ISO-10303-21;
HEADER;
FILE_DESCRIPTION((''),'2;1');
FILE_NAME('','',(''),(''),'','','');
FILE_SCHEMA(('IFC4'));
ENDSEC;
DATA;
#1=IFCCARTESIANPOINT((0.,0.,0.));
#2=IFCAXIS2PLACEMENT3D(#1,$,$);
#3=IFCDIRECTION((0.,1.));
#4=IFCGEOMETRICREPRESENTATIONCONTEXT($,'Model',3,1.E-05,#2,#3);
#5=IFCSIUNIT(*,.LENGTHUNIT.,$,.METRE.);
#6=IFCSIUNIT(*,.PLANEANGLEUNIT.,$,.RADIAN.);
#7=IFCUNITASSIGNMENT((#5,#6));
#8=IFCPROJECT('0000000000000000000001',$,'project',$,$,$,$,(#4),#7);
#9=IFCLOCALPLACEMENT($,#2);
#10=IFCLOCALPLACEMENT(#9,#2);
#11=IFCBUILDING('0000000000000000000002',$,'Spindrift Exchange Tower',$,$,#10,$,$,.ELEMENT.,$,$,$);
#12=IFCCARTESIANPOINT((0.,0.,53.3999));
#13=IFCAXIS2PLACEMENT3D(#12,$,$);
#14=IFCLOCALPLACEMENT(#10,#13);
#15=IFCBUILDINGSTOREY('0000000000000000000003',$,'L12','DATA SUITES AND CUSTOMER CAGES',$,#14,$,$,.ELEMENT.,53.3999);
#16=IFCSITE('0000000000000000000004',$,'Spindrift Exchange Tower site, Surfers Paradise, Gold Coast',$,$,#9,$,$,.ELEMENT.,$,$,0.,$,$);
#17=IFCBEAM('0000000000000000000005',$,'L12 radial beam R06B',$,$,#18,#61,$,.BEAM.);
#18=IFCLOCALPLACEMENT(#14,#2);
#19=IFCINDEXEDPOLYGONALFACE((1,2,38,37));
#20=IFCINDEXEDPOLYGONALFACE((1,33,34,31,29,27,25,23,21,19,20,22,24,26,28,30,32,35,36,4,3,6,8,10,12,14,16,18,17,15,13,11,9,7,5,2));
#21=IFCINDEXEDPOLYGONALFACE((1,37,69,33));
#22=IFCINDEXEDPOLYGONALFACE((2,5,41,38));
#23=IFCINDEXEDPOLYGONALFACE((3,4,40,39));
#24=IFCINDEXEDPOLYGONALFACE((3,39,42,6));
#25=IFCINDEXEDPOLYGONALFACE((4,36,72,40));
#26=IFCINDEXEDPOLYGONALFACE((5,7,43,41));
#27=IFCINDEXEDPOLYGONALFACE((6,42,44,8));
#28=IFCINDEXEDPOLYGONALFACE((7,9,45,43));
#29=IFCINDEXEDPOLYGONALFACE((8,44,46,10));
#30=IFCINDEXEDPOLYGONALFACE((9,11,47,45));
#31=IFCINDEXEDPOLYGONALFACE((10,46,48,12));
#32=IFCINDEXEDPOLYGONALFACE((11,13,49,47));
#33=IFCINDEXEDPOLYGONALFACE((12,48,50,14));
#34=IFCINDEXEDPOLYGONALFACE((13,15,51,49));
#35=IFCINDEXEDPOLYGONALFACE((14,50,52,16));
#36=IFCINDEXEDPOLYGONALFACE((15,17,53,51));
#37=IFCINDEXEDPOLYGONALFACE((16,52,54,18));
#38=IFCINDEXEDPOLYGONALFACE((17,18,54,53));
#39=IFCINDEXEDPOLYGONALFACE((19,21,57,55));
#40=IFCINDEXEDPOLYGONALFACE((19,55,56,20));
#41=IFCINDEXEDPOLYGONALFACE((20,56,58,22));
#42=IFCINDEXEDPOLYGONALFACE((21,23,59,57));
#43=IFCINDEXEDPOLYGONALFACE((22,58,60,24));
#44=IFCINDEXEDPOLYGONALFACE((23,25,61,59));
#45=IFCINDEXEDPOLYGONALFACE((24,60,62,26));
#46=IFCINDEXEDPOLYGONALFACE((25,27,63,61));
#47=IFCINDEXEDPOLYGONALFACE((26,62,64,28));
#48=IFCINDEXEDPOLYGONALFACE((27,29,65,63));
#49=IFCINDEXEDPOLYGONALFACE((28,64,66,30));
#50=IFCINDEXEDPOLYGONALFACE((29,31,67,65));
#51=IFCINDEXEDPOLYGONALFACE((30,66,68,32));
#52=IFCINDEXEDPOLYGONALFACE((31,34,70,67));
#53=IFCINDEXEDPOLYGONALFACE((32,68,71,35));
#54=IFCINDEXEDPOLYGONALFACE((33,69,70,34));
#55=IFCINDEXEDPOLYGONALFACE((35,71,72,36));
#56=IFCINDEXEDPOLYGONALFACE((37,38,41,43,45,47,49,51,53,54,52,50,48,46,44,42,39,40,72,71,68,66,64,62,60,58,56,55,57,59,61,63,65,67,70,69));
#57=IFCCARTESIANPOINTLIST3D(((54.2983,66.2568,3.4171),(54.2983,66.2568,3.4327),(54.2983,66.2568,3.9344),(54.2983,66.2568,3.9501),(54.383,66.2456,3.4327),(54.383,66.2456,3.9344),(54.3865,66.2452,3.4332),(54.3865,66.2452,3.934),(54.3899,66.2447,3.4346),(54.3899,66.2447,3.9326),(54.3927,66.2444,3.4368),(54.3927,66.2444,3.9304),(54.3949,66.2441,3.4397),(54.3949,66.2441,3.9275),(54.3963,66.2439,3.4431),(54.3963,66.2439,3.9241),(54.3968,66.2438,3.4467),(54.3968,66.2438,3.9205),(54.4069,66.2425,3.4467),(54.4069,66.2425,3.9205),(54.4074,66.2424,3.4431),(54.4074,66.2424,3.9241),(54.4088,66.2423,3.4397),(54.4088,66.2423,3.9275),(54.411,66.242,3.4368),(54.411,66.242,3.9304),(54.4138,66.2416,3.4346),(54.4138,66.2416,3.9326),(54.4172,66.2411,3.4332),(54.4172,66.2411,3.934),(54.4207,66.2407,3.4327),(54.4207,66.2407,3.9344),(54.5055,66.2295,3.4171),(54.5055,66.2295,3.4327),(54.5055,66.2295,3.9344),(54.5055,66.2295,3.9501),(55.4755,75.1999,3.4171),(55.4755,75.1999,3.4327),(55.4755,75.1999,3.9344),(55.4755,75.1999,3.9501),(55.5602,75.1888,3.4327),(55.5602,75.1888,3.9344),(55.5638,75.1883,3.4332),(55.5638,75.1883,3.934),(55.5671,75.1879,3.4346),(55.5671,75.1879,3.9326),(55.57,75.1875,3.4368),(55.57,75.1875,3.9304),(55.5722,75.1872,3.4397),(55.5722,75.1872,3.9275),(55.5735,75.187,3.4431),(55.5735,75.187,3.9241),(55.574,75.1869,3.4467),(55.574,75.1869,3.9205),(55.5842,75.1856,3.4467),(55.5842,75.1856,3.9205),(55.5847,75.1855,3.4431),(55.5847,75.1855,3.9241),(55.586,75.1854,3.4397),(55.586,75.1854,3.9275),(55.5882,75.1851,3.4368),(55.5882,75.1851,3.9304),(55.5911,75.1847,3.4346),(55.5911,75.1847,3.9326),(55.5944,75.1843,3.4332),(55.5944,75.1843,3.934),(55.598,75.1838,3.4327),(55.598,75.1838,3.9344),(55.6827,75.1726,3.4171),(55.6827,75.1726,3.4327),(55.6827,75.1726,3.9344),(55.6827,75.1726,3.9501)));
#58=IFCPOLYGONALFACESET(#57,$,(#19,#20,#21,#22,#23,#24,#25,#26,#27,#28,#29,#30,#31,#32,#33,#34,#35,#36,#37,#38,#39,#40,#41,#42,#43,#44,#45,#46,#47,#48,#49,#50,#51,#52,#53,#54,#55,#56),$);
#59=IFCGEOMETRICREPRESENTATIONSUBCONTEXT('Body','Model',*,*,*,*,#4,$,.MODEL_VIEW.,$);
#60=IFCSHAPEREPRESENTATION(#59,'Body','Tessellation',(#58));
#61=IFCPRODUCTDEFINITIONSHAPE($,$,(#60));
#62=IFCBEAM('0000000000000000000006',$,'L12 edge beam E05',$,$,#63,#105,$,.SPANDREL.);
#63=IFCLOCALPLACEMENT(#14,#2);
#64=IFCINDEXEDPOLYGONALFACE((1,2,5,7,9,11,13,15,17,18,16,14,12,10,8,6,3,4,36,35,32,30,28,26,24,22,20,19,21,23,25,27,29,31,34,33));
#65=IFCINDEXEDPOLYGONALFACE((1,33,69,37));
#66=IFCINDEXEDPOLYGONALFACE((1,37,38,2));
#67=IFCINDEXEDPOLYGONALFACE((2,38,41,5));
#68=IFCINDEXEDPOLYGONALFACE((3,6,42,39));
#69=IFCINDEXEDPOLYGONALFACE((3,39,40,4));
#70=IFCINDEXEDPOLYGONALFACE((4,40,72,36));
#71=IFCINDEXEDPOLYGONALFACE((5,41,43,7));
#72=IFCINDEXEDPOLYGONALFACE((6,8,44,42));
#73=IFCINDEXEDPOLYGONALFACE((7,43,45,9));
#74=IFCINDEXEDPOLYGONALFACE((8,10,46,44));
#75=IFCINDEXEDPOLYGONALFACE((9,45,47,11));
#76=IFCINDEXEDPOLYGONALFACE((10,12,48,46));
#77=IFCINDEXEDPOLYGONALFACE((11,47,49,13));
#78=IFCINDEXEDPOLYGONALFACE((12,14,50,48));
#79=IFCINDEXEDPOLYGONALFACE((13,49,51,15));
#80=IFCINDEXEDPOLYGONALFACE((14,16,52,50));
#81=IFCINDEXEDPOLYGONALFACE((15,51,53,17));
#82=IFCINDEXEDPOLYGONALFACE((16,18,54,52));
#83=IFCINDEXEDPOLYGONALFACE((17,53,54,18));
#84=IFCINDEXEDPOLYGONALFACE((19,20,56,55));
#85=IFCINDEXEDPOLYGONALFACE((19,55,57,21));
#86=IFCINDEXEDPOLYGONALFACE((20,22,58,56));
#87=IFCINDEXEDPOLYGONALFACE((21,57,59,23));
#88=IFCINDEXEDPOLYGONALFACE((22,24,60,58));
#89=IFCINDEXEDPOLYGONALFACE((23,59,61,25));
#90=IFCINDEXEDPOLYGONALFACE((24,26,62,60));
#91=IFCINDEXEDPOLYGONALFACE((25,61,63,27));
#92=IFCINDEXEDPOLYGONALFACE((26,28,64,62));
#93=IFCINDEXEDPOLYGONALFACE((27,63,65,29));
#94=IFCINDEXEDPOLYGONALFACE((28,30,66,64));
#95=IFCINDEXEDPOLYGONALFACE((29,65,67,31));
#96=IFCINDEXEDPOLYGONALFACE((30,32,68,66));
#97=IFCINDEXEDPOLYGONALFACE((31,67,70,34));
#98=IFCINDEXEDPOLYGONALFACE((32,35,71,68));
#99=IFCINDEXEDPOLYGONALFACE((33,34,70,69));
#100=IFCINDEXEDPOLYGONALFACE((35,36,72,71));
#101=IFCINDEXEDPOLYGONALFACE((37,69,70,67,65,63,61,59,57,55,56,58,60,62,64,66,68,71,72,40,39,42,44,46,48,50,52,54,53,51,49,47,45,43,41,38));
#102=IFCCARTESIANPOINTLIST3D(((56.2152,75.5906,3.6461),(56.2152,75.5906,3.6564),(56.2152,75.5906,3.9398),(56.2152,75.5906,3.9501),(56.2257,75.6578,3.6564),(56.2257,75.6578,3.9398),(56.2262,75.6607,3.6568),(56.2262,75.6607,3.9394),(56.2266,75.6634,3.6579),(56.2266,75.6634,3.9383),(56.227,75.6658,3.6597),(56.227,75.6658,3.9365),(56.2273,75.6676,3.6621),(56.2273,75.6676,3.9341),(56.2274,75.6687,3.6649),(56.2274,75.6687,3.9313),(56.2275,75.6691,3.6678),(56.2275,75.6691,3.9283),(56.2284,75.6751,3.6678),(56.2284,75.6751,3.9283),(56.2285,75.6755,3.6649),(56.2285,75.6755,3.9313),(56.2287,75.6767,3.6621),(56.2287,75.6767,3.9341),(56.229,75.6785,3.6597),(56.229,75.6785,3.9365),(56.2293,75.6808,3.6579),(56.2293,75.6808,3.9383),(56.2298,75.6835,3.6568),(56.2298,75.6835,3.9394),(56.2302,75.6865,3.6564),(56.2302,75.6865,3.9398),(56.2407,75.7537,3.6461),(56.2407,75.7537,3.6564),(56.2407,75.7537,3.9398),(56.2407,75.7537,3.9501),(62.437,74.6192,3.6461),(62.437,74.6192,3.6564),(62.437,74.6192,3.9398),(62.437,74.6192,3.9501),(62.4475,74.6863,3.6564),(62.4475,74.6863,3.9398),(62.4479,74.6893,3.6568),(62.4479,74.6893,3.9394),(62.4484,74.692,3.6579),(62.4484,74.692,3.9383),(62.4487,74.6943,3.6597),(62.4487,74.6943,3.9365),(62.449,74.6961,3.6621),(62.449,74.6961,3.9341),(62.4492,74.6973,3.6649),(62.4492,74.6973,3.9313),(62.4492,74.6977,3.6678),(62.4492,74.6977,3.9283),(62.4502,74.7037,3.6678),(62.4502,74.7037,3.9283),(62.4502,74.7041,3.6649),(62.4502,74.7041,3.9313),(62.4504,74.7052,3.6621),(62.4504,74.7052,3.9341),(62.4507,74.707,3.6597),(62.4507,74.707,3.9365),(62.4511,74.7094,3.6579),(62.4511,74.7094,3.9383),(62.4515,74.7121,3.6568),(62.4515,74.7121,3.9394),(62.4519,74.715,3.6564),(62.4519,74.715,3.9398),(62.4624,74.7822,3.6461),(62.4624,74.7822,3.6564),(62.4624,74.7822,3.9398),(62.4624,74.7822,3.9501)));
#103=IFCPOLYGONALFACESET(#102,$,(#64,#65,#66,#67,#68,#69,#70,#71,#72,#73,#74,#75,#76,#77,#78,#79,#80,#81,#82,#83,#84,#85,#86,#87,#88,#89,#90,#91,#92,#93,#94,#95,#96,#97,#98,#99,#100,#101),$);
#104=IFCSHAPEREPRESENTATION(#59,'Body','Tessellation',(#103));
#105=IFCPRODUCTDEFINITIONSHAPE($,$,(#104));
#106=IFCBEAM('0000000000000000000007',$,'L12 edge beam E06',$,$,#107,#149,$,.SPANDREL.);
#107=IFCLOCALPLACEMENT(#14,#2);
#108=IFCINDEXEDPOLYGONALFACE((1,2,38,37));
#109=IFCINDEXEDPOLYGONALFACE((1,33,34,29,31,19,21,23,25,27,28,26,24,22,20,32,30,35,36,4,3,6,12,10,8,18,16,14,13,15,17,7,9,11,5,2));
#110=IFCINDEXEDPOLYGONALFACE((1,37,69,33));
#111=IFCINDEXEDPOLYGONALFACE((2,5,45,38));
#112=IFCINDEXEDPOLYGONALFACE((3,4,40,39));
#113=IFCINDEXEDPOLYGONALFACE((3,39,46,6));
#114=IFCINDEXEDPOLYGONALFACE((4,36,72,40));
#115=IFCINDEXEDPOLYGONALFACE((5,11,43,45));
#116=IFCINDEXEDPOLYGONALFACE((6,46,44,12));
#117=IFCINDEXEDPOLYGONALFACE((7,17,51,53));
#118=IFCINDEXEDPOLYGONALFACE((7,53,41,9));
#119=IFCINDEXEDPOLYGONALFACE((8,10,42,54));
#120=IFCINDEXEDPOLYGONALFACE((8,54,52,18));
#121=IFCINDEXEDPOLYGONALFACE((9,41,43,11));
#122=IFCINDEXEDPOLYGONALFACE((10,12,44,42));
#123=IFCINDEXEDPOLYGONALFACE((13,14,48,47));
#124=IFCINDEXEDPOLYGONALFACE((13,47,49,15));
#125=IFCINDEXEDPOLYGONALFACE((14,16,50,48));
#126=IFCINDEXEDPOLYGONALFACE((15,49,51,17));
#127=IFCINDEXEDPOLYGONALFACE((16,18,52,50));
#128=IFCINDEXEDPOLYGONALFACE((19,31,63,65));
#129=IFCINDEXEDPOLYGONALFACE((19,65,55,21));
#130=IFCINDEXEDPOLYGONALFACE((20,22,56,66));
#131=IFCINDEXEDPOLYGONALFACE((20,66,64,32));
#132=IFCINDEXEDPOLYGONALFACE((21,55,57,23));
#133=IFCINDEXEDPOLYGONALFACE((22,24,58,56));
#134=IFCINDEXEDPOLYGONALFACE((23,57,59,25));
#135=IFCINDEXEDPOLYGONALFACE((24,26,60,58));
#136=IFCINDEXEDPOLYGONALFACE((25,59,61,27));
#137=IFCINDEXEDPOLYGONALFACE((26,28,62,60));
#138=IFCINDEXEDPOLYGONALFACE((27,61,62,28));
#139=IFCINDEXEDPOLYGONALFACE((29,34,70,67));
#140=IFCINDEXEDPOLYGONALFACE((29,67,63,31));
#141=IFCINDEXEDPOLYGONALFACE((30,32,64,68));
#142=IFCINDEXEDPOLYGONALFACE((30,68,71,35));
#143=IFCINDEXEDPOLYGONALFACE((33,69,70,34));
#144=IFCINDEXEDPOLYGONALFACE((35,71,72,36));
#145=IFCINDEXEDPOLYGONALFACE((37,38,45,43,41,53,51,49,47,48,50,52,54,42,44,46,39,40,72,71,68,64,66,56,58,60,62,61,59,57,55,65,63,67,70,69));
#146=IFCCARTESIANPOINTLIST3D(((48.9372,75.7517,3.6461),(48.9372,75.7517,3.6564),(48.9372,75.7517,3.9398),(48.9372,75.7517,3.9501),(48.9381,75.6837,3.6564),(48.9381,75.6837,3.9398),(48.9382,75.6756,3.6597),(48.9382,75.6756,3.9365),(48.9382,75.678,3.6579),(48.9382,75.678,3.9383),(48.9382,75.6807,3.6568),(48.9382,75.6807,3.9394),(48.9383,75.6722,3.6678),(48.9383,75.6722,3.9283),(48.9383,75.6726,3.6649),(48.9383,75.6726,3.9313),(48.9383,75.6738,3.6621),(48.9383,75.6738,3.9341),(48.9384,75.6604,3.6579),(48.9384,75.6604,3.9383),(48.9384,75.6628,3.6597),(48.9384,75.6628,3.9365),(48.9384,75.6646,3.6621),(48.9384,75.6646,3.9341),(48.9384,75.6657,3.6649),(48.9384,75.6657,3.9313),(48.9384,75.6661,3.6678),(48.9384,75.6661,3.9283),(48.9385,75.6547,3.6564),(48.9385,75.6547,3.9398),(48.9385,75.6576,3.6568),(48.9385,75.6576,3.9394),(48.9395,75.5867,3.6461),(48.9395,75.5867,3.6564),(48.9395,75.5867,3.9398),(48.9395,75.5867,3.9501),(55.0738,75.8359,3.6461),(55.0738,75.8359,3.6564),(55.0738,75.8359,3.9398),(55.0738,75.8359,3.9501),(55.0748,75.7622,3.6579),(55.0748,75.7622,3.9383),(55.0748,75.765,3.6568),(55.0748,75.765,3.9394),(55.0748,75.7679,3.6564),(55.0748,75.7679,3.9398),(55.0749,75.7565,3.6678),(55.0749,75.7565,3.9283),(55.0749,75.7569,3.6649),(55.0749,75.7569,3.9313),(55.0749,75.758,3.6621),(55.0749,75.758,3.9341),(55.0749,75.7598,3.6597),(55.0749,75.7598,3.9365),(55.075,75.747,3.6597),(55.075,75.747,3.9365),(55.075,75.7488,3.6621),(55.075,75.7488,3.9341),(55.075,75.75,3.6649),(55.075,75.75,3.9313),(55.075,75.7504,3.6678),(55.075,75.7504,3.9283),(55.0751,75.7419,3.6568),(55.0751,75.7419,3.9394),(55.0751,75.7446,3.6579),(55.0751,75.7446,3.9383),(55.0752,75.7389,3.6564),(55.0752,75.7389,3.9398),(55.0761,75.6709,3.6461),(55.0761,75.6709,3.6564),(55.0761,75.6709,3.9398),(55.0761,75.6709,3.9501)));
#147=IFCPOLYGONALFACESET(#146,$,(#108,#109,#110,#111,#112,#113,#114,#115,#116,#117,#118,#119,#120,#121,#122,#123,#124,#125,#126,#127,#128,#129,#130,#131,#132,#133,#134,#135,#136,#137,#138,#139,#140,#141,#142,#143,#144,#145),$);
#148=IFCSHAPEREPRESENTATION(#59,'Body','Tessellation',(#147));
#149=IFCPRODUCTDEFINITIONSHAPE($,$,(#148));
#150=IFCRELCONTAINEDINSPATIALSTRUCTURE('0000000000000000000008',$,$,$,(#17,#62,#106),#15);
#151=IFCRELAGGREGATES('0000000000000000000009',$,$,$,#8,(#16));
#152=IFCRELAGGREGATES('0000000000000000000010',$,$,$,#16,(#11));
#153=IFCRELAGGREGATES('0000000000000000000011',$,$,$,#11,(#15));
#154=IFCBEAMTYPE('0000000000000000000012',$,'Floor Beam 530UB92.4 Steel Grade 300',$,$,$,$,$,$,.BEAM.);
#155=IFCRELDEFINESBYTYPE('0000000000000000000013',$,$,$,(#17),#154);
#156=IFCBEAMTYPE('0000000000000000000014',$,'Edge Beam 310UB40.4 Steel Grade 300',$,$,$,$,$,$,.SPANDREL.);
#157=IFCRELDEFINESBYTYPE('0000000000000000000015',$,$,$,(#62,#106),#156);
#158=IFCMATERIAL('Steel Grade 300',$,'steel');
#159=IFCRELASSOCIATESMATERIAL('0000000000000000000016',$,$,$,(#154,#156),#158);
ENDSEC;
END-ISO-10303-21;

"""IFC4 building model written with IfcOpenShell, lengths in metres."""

from ifc_helpers import new_model, si_unit, direction, frame, origin, origin_2d, place, context, subcontext, project, spatial, i_section, extrude, source, transform, mapped, material, material_profile, profile_set, type_object, element, save


model = new_model("IFC4")

# Units and contexts
model_context = context("Model", 3, precision=1e-05, world=origin(), true_north=direction((0.0, 1.0)))
body_context = subcontext(model_context, "Body", "Model", "MODEL_VIEW")
ifc_project = project(units=[si_unit("LENGTHUNIT", "METRE"), si_unit("PLANEANGLEUNIT", "RADIAN")], contexts=[model_context])

# Site, building, storey
site_placement = place(None, origin())
site = spatial("IfcSite", under=ifc_project, at=site_placement, Name="Spindrift Exchange Tower site, Surfers Paradise, Gold Coast", CompositionType="ELEMENT", RefElevation=0.0)
building_placement = place(site_placement, origin())
building = spatial("IfcBuilding", under=site, at=building_placement, Name="Spindrift Exchange Tower", CompositionType="ELEMENT")
storey_placement = place(building_placement, frame((0.0, 0.0, 53.3999)))
storey = spatial("IfcBuildingStorey", under=building, at=storey_placement, Name="L12", Description="DATA SUITES AND CUSTOMER CAGES", CompositionType="ELEMENT", Elevation=53.3999)

# Beams
ifc_material_1 = material(Name="Steel Grade 300", Category="steel")
ifc_material_profile_1 = material_profile(ifc_material_1, i_section(OverallWidth=0.209, OverallDepth=0.533, WebThickness=0.0103, FlangeThickness=0.0156, FilletRadius=0.0139, at=origin_2d()), Name="530UB92.4")
ifc_profile_set_1 = profile_set([ifc_material_profile_1], Name="Steel Grade 300")
beam_type_1 = type_object("IfcBeamType", Name="Floor Beam 530UB92.4 Steel Grade 300", PredefinedType="BEAM", material=ifc_profile_set_1)
shared_shape_1 = source(origin(), body_context, "Body", "SweptSolid", [
    extrude(i_section(OverallWidth=0.209, OverallDepth=0.533, WebThickness=0.0103, FlangeThickness=0.0156, FilletRadius=0.0139, at=origin_2d()), origin(), (0.0, 0.0, 1.0), 9.0203),
])
beam_1_placement = place(storey_placement, frame((54.4019, 66.2432, 3.6836), z_axis=(0.130511, 0.991447, 0.0), x_axis=(-0.991447, 0.130511, 0.0)))
element("IfcBeam", 1, at=beam_1_placement, inside=storey, type_object=beam_type_1, Name="L12 radial beam R06B", PredefinedType="BEAM", context=body_context, shape_type="MappedRepresentation", body=[
    mapped(shared_shape_1, transform((0.0, 0.0, 0.0), scale=1.0)),
])
ifc_material_profile_2 = material_profile(ifc_material_1, i_section(OverallWidth=0.165, OverallDepth=0.304, WebThickness=0.0061, FlangeThickness=0.0103, FilletRadius=0.0115, at=origin_2d()), Name="310UB40.4")
ifc_profile_set_2 = profile_set([ifc_material_profile_2], Name="Steel Grade 300")
beam_type_2 = type_object("IfcBeamType", Name="Edge Beam 310UB40.4 Steel Grade 300", PredefinedType="SPANDREL", material=ifc_profile_set_2)
shared_shape_2 = source(origin(), body_context, "Body", "SweptSolid", [
    extrude(i_section(OverallWidth=0.165, OverallDepth=0.304, WebThickness=0.0061, FlangeThickness=0.0103, FilletRadius=0.0115, at=origin_2d()), origin(), (0.0, 0.0, 1.0), 6.2971),
])
beam_2_placement = place(storey_placement, frame((62.4497, 74.7007, 3.7981), z_axis=(-0.988029, 0.154268, 0.0), x_axis=(-0.154268, -0.988029, 0.0)))
element("IfcBeam", 2, at=beam_2_placement, inside=storey, type_object=beam_type_2, Name="L12 edge beam E05", PredefinedType="SPANDREL", context=body_context, shape_type="MappedRepresentation", body=[
    mapped(shared_shape_2, transform((0.0, 0.0, 0.0), scale=1.0)),
])
shared_shape_3 = source(origin(), body_context, "Body", "SweptSolid", [
    extrude(i_section(OverallWidth=0.165, OverallDepth=0.304, WebThickness=0.0061, FlangeThickness=0.0103, FilletRadius=0.0115, at=origin_2d()), origin(), (0.0, 0.0, 1.0), 6.1372),
])
beam_3_placement = place(storey_placement, frame((55.075, 75.7534, 3.7981), z_axis=(-0.999906, -0.013724, 0.0), x_axis=(0.013724, -0.999906, 0.0)))
element("IfcBeam", 3, at=beam_3_placement, inside=storey, type_object=beam_type_2, Name="L12 edge beam E06", PredefinedType="SPANDREL", context=body_context, shape_type="MappedRepresentation", body=[
    mapped(shared_shape_3, transform((0.0, 0.0, 0.0), scale=1.0)),
])

save(model, "model.ifc")
